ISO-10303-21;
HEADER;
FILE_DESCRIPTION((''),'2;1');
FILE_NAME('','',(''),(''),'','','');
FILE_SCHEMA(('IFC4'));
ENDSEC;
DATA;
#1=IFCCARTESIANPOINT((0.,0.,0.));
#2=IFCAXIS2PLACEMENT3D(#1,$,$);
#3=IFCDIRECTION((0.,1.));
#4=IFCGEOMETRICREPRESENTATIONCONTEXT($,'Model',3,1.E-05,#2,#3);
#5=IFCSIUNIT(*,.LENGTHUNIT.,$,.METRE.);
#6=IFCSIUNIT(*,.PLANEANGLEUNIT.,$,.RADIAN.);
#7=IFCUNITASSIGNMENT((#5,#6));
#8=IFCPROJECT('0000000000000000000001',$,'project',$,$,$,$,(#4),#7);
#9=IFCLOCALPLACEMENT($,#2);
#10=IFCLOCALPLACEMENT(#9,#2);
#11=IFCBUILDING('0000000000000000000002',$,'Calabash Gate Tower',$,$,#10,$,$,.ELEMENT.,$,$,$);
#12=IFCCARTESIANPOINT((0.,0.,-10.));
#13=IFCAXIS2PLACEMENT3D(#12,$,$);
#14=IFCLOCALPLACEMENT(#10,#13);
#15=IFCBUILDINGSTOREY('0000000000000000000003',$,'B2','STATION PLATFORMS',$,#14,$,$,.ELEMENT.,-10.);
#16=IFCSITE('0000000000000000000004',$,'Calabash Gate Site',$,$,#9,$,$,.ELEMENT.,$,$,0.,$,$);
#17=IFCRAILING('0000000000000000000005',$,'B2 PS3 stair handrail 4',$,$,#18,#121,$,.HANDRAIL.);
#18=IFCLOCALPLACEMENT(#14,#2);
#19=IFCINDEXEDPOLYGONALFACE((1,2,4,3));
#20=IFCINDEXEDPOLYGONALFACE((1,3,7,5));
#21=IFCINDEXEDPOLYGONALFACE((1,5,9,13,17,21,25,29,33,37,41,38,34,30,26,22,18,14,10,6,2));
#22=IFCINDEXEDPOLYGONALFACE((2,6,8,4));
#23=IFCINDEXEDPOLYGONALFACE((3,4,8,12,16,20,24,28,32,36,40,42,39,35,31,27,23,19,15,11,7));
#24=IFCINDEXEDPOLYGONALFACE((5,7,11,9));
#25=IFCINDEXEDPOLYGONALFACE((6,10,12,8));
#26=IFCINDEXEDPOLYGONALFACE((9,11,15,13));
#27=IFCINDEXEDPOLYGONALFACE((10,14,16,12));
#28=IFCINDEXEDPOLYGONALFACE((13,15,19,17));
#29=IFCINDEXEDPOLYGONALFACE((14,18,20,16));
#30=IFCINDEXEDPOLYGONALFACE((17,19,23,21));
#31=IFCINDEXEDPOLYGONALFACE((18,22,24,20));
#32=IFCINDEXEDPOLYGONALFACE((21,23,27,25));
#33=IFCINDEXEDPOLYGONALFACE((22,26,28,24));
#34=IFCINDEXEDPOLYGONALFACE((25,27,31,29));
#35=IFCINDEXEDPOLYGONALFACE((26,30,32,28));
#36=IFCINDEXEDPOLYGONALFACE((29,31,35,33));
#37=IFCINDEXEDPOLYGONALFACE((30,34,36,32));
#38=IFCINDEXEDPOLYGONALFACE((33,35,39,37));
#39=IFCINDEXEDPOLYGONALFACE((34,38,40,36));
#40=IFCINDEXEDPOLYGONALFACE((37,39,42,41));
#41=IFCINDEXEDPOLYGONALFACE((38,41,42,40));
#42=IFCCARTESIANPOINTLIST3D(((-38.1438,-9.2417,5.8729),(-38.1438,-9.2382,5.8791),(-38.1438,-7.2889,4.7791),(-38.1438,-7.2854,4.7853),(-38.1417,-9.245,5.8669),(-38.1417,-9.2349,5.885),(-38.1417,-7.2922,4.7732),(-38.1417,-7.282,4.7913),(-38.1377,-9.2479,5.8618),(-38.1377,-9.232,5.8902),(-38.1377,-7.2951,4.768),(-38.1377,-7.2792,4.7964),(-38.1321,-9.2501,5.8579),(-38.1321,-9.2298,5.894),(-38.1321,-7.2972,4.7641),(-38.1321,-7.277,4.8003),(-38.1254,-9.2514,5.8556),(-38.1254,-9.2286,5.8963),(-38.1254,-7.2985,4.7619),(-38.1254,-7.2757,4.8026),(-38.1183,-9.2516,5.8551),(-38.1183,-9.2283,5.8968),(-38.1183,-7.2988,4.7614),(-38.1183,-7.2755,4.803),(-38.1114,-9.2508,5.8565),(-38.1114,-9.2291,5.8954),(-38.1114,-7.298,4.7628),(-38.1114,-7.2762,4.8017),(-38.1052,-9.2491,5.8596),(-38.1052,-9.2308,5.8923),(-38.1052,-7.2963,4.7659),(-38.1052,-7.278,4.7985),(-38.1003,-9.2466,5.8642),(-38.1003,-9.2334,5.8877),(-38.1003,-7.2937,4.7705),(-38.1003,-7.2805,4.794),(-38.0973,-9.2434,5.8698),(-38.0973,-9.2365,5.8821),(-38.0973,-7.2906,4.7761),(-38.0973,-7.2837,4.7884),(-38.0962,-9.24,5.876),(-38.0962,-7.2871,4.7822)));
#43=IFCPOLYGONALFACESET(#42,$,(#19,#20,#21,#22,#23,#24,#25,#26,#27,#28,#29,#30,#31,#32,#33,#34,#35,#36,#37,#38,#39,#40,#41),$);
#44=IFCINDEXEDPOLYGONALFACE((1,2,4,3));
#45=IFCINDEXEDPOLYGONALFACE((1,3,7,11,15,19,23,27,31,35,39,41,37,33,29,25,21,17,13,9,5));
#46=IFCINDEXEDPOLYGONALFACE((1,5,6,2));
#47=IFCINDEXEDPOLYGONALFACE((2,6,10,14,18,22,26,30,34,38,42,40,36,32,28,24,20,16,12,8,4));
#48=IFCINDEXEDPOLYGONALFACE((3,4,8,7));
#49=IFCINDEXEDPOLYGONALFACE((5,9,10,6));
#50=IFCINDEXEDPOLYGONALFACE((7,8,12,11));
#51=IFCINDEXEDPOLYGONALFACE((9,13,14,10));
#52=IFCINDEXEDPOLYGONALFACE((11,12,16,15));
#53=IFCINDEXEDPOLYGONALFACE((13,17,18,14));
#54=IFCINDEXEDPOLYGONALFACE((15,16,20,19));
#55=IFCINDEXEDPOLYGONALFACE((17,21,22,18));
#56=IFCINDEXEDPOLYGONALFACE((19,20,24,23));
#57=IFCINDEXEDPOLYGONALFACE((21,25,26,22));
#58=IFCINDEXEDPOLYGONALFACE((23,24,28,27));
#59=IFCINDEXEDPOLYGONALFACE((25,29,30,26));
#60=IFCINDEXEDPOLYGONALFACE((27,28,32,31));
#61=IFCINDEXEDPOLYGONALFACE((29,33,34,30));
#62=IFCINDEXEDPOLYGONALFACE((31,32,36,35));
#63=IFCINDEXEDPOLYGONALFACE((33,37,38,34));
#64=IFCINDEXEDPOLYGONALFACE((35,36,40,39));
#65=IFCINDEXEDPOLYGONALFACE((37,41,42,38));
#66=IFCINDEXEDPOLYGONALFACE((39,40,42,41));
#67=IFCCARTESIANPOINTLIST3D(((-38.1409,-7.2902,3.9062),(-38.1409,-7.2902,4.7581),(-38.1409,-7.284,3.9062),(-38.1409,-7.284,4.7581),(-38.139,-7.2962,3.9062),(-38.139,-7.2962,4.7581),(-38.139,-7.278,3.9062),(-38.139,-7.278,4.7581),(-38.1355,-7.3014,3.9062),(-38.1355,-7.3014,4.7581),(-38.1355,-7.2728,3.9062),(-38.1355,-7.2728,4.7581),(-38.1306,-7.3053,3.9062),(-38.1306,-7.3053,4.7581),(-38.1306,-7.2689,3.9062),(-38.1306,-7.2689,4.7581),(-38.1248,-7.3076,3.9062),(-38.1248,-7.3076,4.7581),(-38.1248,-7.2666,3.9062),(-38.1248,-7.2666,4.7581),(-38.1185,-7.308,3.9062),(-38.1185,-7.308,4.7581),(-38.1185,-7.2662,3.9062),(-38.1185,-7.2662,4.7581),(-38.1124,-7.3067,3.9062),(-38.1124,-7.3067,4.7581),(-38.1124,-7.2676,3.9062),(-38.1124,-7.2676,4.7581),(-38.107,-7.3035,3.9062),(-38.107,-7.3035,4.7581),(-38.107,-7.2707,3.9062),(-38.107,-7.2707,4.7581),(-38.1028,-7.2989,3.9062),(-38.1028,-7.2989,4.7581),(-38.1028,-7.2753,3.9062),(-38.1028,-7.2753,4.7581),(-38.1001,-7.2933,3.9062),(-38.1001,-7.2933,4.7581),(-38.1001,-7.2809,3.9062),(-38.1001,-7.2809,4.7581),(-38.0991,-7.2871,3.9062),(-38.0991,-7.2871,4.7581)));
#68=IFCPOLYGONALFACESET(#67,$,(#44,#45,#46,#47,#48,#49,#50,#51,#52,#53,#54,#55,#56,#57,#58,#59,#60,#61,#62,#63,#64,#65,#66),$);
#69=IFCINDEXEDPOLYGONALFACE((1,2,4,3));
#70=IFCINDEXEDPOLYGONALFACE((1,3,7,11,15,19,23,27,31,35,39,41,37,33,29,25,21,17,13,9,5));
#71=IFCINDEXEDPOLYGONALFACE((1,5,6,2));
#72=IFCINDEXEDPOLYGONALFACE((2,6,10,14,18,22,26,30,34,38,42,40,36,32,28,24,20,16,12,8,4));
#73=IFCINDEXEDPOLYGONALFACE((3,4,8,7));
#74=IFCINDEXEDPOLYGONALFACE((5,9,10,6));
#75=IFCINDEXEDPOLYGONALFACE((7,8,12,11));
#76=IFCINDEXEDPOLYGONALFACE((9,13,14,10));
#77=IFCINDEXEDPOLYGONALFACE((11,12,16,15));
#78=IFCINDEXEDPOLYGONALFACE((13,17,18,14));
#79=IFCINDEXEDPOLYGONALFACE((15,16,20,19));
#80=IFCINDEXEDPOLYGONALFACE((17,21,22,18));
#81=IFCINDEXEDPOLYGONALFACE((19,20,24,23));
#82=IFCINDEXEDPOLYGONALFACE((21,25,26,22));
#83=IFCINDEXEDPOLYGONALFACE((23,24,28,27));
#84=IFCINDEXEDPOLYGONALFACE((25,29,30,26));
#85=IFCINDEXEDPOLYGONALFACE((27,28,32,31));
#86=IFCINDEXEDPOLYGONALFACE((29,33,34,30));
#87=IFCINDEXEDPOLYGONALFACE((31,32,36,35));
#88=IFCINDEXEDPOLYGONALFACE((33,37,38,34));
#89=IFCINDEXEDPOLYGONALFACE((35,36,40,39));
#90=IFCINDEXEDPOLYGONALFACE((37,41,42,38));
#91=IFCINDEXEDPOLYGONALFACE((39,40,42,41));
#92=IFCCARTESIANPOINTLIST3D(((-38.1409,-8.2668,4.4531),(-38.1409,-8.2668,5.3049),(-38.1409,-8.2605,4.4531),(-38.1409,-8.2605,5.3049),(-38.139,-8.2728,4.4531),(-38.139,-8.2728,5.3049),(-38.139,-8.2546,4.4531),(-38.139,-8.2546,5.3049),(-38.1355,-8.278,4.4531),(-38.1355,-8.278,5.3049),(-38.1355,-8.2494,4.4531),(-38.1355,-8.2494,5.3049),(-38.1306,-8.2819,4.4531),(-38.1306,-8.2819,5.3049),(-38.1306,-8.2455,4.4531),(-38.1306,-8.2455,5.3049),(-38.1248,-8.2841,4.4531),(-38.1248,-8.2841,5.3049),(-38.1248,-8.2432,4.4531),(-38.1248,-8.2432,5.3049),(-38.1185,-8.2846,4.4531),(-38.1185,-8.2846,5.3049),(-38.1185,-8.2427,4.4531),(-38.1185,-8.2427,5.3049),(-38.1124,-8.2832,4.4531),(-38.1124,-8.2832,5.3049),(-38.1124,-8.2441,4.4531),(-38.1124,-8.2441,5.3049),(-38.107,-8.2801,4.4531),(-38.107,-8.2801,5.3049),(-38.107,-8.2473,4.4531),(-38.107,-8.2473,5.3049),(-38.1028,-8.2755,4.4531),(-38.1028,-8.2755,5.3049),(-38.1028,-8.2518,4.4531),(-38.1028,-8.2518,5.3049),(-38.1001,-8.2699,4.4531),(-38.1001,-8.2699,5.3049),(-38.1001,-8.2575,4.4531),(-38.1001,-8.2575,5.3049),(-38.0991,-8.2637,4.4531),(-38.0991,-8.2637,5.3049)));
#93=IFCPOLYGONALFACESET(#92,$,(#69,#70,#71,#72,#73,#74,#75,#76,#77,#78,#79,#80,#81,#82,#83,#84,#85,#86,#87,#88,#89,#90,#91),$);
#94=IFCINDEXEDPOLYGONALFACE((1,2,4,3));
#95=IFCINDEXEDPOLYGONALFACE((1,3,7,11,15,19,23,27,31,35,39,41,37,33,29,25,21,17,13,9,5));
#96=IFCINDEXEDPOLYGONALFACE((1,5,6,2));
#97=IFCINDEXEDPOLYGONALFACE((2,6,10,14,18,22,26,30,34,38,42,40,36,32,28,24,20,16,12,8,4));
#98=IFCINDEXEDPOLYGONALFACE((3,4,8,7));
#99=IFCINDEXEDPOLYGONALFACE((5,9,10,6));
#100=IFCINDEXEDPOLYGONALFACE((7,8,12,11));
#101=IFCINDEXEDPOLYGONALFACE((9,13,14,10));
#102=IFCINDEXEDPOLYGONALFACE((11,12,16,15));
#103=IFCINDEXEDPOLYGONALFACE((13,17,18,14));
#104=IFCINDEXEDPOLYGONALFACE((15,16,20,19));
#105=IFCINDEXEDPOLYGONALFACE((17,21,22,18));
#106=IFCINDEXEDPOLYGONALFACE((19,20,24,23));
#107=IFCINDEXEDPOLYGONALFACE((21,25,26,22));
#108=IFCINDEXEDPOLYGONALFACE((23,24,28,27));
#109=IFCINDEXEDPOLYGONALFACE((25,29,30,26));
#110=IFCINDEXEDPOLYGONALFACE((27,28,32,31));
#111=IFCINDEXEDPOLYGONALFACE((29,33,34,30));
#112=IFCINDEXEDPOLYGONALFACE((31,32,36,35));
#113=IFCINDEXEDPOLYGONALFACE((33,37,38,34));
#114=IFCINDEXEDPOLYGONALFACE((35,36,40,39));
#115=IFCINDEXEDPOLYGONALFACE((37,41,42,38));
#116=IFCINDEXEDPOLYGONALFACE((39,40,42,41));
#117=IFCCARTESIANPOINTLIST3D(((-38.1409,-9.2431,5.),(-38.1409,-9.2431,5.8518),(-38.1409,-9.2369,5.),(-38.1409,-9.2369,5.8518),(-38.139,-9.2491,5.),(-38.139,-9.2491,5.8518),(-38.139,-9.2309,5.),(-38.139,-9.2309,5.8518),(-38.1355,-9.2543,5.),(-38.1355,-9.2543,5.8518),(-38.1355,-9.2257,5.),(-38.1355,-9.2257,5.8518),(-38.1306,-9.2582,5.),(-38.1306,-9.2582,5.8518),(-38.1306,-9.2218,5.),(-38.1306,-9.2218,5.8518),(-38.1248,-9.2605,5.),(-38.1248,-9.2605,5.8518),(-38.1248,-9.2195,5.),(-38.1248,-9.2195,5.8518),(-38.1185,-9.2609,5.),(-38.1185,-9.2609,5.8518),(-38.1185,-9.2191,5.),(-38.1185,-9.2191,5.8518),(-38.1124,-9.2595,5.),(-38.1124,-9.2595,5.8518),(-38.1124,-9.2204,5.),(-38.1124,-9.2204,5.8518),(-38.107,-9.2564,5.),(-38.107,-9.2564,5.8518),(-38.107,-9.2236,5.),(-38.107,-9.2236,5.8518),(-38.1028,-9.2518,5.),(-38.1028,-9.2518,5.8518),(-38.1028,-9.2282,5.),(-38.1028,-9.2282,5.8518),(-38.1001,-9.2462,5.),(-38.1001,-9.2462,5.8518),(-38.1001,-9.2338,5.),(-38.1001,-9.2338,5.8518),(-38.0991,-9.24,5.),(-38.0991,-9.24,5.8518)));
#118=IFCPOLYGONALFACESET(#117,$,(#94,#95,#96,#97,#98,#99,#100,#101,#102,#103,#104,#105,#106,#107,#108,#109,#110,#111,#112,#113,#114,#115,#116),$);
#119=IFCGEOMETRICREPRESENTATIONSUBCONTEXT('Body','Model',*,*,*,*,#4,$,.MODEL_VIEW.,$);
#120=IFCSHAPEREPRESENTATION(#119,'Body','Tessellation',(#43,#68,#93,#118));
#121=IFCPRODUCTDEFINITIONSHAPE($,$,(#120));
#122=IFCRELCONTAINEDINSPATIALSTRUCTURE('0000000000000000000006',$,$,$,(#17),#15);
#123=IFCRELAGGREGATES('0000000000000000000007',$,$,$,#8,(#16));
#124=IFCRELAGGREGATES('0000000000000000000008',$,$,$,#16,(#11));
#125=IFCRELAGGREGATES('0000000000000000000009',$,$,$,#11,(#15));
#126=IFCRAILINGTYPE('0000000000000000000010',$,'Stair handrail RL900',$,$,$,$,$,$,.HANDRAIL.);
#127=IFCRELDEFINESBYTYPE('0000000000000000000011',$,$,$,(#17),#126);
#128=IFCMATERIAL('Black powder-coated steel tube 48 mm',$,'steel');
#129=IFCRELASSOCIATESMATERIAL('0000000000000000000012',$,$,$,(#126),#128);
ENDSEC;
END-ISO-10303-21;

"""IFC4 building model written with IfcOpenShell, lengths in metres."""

from ifc_helpers import new_model, si_unit, direction, frame, origin, origin_2d, place, context, subcontext, project, spatial, circle, extrude, material, type_object, element, save


model = new_model("IFC4")

# Units and contexts
model_context = context("Model", 3, precision=1e-05, world=origin(), true_north=direction((0.0, 1.0)))
body_context = subcontext(model_context, "Body", "Model", "MODEL_VIEW")
ifc_project = project(units=[si_unit("LENGTHUNIT", "METRE"), si_unit("PLANEANGLEUNIT", "RADIAN")], contexts=[model_context])

# Site, building, storey
site_placement = place(None, origin())
site = spatial("IfcSite", under=ifc_project, at=site_placement, Name="Calabash Gate Site", CompositionType="ELEMENT", RefElevation=0.0)
building_placement = place(site_placement, origin())
building = spatial("IfcBuilding", under=site, at=building_placement, Name="Calabash Gate Tower", CompositionType="ELEMENT")
storey_placement = place(building_placement, frame((0.0, 0.0, -10.0)))
storey = spatial("IfcBuildingStorey", under=building, at=storey_placement, Name="B2", Description="STATION PLATFORMS", CompositionType="ELEMENT", Elevation=-10.0)

# Railing
ifc_material_1 = material(Name="Black powder-coated steel tube 48 mm", Category="steel")
railing_type_1 = type_object("IfcRailingType", Name="Stair handrail RL900", PredefinedType="HANDRAIL", material=ifc_material_1)
for number, where, name in (
    (1, (-38.1201, -7.2871, 3.9062), "B2 PS3 stair handrail 4"),
):
    element("IfcRailing", number, at=place(storey_placement, frame(where)), inside=storey, type_object=railing_type_1, Name=name, PredefinedType="HANDRAIL", context=body_context, shape_type="SweptSolid", body=[
        extrude(circle(Radius=0.0239, at=origin_2d()), frame((0.0, 0.0, 0.876), z_axis=(0.0, -0.87248, 0.48865), x_axis=(1.0, 0.0, 0.0)), (0.0, 0.0, 1.0), 2.2383),
        extrude(circle(Radius=0.021, at=origin_2d()), origin(), (0.0, 0.0, 1.0), 0.8518),
        extrude(circle(Radius=0.021, at=origin_2d()), frame((0.0, -0.9766, 0.5469)), (0.0, 0.0, 1.0), 0.8518),
        extrude(circle(Radius=0.021, at=origin_2d()), frame((0.0, -1.9529, 1.0938)), (0.0, 0.0, 1.0), 0.8518),
    ])

save(model, "model.ifc")
